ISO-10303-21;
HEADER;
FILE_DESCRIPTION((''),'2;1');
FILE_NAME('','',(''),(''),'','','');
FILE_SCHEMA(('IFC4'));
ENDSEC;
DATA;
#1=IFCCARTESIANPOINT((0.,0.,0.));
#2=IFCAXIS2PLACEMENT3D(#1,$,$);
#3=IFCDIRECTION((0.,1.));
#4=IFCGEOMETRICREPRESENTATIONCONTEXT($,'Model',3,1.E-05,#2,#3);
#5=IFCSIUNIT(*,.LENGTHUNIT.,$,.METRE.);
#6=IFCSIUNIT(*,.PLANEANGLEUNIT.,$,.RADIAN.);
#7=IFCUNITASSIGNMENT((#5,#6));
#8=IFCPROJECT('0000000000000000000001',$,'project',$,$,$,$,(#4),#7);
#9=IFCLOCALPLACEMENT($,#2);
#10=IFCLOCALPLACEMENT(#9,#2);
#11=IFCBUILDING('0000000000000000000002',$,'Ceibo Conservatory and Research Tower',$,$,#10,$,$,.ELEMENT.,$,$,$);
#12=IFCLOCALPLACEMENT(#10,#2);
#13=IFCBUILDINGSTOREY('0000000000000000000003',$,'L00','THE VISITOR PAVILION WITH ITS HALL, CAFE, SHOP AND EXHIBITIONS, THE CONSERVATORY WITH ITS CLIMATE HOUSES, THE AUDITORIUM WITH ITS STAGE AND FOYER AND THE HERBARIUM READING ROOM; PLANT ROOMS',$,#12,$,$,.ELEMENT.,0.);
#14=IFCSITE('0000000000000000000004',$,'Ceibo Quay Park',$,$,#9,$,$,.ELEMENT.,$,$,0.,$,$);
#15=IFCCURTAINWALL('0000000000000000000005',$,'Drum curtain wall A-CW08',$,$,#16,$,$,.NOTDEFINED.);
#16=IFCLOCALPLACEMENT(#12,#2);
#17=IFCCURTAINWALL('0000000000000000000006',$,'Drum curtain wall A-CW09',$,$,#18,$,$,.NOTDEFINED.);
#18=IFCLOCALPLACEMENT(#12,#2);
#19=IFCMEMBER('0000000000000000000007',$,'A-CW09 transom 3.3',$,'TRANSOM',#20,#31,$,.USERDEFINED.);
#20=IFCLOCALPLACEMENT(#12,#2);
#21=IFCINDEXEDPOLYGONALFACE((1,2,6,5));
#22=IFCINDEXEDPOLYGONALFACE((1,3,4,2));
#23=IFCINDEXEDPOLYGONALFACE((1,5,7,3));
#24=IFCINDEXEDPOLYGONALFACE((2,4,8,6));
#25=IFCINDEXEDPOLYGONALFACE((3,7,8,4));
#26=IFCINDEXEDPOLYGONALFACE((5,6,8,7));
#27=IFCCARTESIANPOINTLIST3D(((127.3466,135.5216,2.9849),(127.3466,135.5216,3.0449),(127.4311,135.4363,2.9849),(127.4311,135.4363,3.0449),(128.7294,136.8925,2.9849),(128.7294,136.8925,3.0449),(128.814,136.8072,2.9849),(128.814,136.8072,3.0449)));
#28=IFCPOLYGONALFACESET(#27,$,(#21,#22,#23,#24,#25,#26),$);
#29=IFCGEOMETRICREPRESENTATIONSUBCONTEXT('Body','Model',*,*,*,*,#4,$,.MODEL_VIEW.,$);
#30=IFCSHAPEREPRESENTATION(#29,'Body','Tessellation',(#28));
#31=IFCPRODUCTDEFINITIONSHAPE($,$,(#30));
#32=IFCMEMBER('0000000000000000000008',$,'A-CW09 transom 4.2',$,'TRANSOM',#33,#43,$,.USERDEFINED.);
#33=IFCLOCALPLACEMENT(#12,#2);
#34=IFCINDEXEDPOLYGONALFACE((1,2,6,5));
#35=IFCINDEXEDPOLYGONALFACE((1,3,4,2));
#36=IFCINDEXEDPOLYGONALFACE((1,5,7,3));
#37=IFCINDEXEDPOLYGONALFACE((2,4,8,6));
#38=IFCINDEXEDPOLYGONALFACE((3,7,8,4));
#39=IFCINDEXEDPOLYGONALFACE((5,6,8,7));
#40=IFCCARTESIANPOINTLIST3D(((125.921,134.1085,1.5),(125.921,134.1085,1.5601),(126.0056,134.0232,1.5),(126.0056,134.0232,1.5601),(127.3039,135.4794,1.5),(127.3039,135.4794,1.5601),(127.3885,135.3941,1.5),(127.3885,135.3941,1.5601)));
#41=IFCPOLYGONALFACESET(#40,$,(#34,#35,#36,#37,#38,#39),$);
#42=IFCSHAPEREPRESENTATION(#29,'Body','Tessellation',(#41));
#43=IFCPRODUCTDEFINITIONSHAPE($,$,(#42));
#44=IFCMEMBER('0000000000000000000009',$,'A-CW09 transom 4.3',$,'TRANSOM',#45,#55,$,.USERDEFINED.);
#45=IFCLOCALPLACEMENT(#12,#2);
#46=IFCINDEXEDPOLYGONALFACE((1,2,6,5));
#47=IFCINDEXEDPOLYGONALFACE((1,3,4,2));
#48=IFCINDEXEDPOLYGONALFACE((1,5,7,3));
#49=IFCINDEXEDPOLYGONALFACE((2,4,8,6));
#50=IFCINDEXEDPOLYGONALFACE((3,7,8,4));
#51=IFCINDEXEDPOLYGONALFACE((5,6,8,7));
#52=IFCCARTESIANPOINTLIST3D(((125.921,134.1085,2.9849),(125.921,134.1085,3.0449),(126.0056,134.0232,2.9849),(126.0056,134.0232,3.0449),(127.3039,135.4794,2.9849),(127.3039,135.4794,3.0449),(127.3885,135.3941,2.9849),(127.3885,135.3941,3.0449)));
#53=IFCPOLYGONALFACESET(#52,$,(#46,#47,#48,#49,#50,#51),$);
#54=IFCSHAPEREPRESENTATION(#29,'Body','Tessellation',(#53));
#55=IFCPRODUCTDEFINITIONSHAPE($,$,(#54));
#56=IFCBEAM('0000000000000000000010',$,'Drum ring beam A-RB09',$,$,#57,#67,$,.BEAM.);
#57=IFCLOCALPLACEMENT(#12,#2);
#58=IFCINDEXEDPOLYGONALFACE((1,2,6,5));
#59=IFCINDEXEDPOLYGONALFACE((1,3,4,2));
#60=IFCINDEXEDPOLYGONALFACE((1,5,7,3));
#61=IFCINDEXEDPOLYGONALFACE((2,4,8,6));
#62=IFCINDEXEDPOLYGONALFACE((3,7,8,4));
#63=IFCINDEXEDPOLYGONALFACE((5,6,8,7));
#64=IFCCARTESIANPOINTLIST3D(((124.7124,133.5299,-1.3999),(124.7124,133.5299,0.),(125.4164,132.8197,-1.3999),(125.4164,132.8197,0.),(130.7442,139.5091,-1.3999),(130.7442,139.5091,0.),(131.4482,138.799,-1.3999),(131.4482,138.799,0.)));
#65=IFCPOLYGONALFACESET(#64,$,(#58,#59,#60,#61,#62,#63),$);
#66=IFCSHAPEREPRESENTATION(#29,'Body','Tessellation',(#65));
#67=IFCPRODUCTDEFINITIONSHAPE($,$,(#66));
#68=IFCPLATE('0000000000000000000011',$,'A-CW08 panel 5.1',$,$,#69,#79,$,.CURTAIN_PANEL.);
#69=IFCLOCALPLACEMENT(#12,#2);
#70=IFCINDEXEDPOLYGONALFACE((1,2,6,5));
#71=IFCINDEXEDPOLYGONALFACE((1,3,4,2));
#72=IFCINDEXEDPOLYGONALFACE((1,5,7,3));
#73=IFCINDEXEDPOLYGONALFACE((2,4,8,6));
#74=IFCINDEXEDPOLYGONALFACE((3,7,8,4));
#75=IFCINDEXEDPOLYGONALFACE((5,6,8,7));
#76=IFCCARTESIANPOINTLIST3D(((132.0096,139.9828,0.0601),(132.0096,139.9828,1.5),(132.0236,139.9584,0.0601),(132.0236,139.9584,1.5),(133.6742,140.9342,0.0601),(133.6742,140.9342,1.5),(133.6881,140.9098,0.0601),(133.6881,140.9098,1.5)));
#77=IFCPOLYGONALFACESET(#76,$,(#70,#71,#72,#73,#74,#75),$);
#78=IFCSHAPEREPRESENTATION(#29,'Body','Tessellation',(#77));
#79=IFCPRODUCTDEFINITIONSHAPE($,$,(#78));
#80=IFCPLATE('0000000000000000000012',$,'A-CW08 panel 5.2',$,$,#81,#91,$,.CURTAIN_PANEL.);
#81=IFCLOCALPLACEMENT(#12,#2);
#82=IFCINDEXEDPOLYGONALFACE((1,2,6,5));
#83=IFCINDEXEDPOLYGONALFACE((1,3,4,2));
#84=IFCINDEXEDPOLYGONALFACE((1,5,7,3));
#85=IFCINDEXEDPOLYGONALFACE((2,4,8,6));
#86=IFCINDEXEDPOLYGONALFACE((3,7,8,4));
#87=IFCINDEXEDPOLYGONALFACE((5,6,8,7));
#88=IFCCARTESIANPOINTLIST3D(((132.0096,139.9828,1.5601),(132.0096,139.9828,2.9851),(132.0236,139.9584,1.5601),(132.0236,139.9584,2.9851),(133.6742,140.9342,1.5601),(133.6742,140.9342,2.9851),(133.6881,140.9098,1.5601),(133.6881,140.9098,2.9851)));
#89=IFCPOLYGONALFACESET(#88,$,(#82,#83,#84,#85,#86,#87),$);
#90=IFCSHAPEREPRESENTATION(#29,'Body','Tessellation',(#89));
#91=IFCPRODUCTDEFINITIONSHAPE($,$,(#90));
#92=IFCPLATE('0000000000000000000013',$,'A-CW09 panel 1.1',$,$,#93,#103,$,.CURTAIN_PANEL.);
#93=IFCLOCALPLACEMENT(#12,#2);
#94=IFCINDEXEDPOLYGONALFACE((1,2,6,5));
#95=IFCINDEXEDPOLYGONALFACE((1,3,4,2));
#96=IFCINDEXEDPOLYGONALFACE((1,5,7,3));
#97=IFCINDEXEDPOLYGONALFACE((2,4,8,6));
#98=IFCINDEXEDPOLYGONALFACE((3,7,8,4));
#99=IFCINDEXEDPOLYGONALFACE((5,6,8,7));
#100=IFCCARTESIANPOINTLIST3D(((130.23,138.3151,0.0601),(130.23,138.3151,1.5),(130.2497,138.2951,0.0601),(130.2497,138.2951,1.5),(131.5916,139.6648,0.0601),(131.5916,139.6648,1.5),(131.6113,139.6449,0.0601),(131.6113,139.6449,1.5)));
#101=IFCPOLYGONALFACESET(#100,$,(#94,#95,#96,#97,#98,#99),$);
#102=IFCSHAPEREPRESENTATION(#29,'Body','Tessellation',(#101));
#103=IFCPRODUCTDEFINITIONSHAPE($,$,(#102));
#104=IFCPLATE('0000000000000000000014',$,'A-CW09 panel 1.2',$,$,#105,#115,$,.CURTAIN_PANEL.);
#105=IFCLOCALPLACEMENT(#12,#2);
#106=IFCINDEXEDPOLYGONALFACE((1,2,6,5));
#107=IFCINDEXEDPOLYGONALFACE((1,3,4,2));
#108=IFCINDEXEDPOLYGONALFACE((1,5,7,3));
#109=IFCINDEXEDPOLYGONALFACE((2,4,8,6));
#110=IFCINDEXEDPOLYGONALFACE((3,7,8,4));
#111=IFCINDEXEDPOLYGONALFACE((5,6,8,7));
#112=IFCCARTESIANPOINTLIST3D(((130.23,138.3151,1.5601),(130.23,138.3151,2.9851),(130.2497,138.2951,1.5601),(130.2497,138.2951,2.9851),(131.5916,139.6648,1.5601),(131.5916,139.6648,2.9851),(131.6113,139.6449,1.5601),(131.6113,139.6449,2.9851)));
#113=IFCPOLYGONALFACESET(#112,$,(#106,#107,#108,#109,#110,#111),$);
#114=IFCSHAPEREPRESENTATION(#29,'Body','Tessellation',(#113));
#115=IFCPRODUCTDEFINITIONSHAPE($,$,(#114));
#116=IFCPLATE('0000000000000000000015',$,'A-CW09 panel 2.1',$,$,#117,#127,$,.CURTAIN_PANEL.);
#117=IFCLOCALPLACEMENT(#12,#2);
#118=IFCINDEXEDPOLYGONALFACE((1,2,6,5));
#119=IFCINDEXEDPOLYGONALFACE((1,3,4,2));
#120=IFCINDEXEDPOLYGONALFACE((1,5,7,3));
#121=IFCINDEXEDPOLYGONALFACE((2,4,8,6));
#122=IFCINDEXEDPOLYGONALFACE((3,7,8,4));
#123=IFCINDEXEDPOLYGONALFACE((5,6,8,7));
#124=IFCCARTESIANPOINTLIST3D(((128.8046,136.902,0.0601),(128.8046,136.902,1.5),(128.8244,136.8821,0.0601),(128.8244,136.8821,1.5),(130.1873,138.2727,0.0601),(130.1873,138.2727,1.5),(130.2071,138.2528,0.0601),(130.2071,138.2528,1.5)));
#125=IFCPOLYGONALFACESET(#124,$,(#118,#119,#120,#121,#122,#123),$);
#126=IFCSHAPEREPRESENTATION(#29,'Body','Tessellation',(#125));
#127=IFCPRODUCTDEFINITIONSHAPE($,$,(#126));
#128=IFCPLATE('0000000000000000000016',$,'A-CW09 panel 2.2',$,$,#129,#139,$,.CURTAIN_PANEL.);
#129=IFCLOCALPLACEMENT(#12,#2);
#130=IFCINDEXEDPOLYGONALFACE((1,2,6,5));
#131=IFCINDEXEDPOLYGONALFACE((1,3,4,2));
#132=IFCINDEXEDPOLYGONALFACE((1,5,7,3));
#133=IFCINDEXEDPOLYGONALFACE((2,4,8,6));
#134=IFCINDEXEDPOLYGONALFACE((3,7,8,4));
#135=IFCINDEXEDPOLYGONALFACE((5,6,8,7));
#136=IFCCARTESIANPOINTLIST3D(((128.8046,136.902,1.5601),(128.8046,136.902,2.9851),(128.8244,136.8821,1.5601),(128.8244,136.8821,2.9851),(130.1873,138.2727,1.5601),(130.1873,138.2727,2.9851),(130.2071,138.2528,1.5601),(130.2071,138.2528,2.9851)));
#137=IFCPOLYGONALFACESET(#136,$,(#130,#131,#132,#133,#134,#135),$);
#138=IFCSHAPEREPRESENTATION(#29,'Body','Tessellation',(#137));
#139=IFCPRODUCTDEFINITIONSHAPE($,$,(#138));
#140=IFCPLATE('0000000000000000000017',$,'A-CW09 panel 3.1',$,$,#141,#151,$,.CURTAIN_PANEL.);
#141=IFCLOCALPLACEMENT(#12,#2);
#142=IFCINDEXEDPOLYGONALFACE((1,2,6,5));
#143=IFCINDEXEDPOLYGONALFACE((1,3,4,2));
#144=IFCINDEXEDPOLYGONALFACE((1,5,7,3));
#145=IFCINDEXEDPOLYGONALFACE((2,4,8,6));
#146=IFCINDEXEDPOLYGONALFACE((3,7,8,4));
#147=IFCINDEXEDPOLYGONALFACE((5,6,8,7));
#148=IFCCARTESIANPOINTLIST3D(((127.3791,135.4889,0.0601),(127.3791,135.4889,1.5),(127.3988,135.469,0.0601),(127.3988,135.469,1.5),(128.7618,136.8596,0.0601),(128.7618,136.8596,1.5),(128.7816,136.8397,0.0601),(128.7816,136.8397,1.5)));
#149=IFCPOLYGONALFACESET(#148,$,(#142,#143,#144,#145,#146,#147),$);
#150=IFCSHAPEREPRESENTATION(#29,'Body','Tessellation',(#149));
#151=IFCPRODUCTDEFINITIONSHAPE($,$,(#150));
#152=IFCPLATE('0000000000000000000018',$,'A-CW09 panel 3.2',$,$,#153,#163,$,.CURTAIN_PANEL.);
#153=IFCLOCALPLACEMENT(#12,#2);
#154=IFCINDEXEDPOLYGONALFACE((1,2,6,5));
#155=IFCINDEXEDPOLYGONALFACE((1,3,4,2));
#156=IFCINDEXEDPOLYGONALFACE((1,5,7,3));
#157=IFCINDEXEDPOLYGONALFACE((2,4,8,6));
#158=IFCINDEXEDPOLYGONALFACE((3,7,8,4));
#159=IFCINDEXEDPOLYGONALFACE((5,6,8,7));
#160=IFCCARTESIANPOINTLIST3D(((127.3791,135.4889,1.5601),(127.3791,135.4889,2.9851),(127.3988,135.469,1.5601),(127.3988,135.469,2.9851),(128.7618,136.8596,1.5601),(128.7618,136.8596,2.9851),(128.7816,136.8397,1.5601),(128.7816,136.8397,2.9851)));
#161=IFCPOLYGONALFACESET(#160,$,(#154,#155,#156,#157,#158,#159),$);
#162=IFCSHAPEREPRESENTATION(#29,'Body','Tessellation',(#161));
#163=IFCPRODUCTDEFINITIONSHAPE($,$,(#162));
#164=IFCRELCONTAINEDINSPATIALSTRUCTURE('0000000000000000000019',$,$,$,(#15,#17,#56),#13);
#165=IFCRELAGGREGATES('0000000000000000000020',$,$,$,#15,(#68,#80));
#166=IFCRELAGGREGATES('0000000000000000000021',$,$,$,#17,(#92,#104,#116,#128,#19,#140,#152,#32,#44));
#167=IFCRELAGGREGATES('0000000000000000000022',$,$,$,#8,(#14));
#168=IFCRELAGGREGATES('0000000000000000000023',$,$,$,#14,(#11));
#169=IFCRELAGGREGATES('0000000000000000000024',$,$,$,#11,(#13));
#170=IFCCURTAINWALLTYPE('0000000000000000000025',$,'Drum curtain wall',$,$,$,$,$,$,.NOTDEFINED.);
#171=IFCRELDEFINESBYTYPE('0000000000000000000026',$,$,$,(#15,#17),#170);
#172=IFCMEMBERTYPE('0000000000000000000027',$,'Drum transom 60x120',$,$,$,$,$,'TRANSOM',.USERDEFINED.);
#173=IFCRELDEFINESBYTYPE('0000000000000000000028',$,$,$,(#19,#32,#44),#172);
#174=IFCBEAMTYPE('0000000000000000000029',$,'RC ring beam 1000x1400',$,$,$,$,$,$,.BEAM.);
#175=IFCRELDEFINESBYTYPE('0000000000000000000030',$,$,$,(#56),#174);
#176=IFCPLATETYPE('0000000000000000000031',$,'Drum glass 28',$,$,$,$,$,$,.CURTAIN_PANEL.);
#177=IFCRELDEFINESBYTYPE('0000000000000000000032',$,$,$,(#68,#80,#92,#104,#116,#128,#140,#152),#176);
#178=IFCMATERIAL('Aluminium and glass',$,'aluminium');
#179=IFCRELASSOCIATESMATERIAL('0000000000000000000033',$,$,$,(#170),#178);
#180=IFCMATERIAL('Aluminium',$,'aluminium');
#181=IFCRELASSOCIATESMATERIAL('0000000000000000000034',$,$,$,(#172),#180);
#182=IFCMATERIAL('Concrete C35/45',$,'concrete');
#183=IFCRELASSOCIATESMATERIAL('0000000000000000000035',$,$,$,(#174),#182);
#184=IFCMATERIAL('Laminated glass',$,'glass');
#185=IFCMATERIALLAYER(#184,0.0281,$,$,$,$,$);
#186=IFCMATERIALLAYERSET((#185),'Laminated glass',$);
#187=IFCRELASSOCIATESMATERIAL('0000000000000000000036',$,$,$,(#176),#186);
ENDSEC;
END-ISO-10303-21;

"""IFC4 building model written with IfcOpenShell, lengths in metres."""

from ifc_helpers import new_model, si_unit, direction, frame, origin, origin_2d, place, context, subcontext, project, spatial, rectangle, extrude, material, layer, layer_set, material_profile, profile_set, type_object, element, aggregate, save


model = new_model("IFC4")

# Units and contexts
model_context = context("Model", 3, precision=1e-05, world=origin(), true_north=direction((0.0, 1.0)))
body_context = subcontext(model_context, "Body", "Model", "MODEL_VIEW")
ifc_project = project(units=[si_unit("LENGTHUNIT", "METRE"), si_unit("PLANEANGLEUNIT", "RADIAN")], contexts=[model_context])

# Site, building, storey
site_placement = place(None, origin())
site = spatial("IfcSite", under=ifc_project, at=site_placement, Name="Ceibo Quay Park", CompositionType="ELEMENT", RefElevation=0.0)
building_placement = place(site_placement, origin())
building = spatial("IfcBuilding", under=site, at=building_placement, Name="Ceibo Conservatory and Research Tower", CompositionType="ELEMENT")
storey_placement = place(building_placement, origin())
storey = spatial("IfcBuildingStorey", under=building, at=storey_placement, Name="L00", Description="THE VISITOR PAVILION WITH ITS HALL, CAFE, SHOP AND EXHIBITIONS, THE CONSERVATORY WITH ITS CLIMATE HOUSES, THE AUDITORIUM WITH ITS STAGE AND FOYER AND THE HERBARIUM READING ROOM; PLANT ROOMS", CompositionType="ELEMENT", Elevation=0.0)

# Shared definitions
ifc_material_1 = material(Name="Concrete C35/45", Category="concrete")

# Curtain walls
ifc_material_2 = material(Name="Aluminium and glass", Category="aluminium")
curtain_wall_type = type_object("IfcCurtainWallType", Name="Drum curtain wall", PredefinedType="NOTDEFINED", material=ifc_material_2)
curtain_wall_1_placement = place(storey_placement, origin())
curtain_wall_1 = element("IfcCurtainWall", 1, at=curtain_wall_1_placement, inside=storey, type_object=curtain_wall_type, Name="Drum curtain wall A-CW08", PredefinedType="NOTDEFINED")
ifc_material_3 = material(Name="Aluminium", Category="aluminium")
curtain_wall_2_placement = place(storey_placement, origin())
curtain_wall_2 = element("IfcCurtainWall", 2, at=curtain_wall_2_placement, inside=storey, type_object=curtain_wall_type, Name="Drum curtain wall A-CW09", PredefinedType="NOTDEFINED")

# Members
ifc_material_profile_1 = material_profile(ifc_material_3, rectangle(XDim=0.1201, YDim=0.0601, at=origin_2d()), Name="AL 60x120")
ifc_profile_set_1 = profile_set([ifc_material_profile_1], Name="Aluminium")
member_type_1 = type_object("IfcMemberType", Name="Drum transom 60x120", ElementType="TRANSOM", PredefinedType="USERDEFINED", material=ifc_profile_set_1)
member_1_placement = place(storey_placement, frame((128.7717, 136.8499, 3.0149), z_axis=(-0.710172, -0.704028, 0.0), x_axis=(0.704028, -0.710172, 0.0)))
member_1 = element("IfcMember", 3, at=member_1_placement, type_object=member_type_1, Name="A-CW09 transom 3.3", ObjectType="TRANSOM", PredefinedType="USERDEFINED", context=body_context, shape_type="SweptSolid", body=[
    extrude(rectangle(XDim=0.1201, YDim=0.0601, at=origin_2d()), origin(), (0.0, 0.0, 1.0), 1.9473),
])
member_2_placement = place(storey_placement, frame((127.3462, 135.4368, 1.53), z_axis=(-0.710172, -0.704028, 0.0), x_axis=(0.704028, -0.710172, 0.0)))
member_2 = element("IfcMember", 4, at=member_2_placement, type_object=member_type_1, Name="A-CW09 transom 4.2", ObjectType="TRANSOM", PredefinedType="USERDEFINED", context=body_context, shape_type="SweptSolid", body=[
    extrude(rectangle(XDim=0.1201, YDim=0.0601, at=origin_2d()), origin(), (0.0, 0.0, 1.0), 1.9473),
])
member_3_placement = place(storey_placement, frame((127.3462, 135.4368, 3.0149), z_axis=(-0.710172, -0.704028, 0.0), x_axis=(0.704028, -0.710172, 0.0)))
member_3 = element("IfcMember", 5, at=member_3_placement, type_object=member_type_1, Name="A-CW09 transom 4.3", ObjectType="TRANSOM", PredefinedType="USERDEFINED", context=body_context, shape_type="SweptSolid", body=[
    extrude(rectangle(XDim=0.1201, YDim=0.0601, at=origin_2d()), origin(), (0.0, 0.0, 1.0), 1.9473),
])

# Beam
ifc_material_profile_2 = material_profile(ifc_material_1, rectangle(XDim=1.0, YDim=1.3999, at=origin_2d()), Name="RC 1000x1400")
ifc_profile_set_2 = profile_set([ifc_material_profile_2], Name="Concrete C35/45")
beam_type = type_object("IfcBeamType", Name="RC ring beam 1000x1400", PredefinedType="BEAM", material=ifc_profile_set_2)
beam_placement = place(storey_placement, frame((131.0962, 139.1541, -0.7), z_axis=(-0.71019, -0.70401, 0.0), x_axis=(0.70401, -0.71019, 0.0)))
element("IfcBeam", 6, at=beam_placement, inside=storey, type_object=beam_type, Name="Drum ring beam A-RB09", PredefinedType="BEAM", context=body_context, shape_type="SweptSolid", body=[
    extrude(rectangle(XDim=1.0, YDim=1.3999, at=origin_2d()), origin(), (0.0, 0.0, 1.0), 8.4932),
])

# Plates
ifc_material_4 = material(Name="Laminated glass", Category="glass")
ifc_layer_1 = layer(ifc_material_4, 0.0281)
ifc_layer_set_1 = layer_set([ifc_layer_1], Name="Laminated glass")
plate_type = type_object("IfcPlateType", Name="Drum glass 28", PredefinedType="CURTAIN_PANEL", material=ifc_layer_set_1)
plate_1_placement = place(storey_placement, frame((132.8489, 140.4463, 0.0601), z_axis=(0.0, 0.0, 1.0), x_axis=(-0.868199, -0.496216, 0.0)))
plate_1 = element("IfcPlate", 7, at=plate_1_placement, type_object=plate_type, Name="A-CW08 panel 5.1", PredefinedType="CURTAIN_PANEL", context=body_context, shape_type="SweptSolid", body=[
    extrude(rectangle(XDim=1.9172, YDim=0.0281, at=origin_2d()), origin(), (0.0, 0.0, 1.0), 1.4399),
])
plate_2_placement = place(storey_placement, frame((132.8489, 140.4463, 1.5601), z_axis=(0.0, 0.0, 1.0), x_axis=(-0.868199, -0.496216, 0.0)))
plate_2 = element("IfcPlate", 8, at=plate_2_placement, type_object=plate_type, Name="A-CW08 panel 5.2", PredefinedType="CURTAIN_PANEL", context=body_context, shape_type="SweptSolid", body=[
    extrude(rectangle(XDim=1.9172, YDim=0.0281, at=origin_2d()), origin(), (0.0, 0.0, 1.0), 1.425),
])
aggregate(curtain_wall_1, [plate_1, plate_2])
plate_3_placement = place(storey_placement, frame((130.9207, 138.98, 0.0601), z_axis=(0.0, 0.0, 1.0), x_axis=(-0.710185, -0.704015, 0.0)))
plate_3 = element("IfcPlate", 9, at=plate_3_placement, type_object=plate_type, Name="A-CW09 panel 1.1", PredefinedType="CURTAIN_PANEL", context=body_context, shape_type="SweptSolid", body=[
    extrude(rectangle(XDim=1.9172, YDim=0.0281, at=origin_2d()), origin(), (0.0, 0.0, 1.0), 1.4399),
])
plate_4_placement = place(storey_placement, frame((130.9207, 138.98, 1.5601), z_axis=(0.0, 0.0, 1.0), x_axis=(-0.710185, -0.704015, 0.0)))
plate_4 = element("IfcPlate", 10, at=plate_4_placement, type_object=plate_type, Name="A-CW09 panel 1.2", PredefinedType="CURTAIN_PANEL", context=body_context, shape_type="SweptSolid", body=[
    extrude(rectangle(XDim=1.9172, YDim=0.0281, at=origin_2d()), origin(), (0.0, 0.0, 1.0), 1.425),
])
plate_5_placement = place(storey_placement, frame((129.5059, 137.5774, 0.0601), z_axis=(0.0, 0.0, 1.0), x_axis=(-0.710185, -0.704015, 0.0)))
plate_5 = element("IfcPlate", 11, at=plate_5_placement, type_object=plate_type, Name="A-CW09 panel 2.1", PredefinedType="CURTAIN_PANEL", context=body_context, shape_type="SweptSolid", body=[
    extrude(rectangle(XDim=1.947, YDim=0.0281, at=origin_2d()), origin(), (0.0, 0.0, 1.0), 1.4399),
])
plate_6_placement = place(storey_placement, frame((129.5059, 137.5774, 1.5601), z_axis=(0.0, 0.0, 1.0), x_axis=(-0.710185, -0.704015, 0.0)))
plate_6 = element("IfcPlate", 12, at=plate_6_placement, type_object=plate_type, Name="A-CW09 panel 2.2", PredefinedType="CURTAIN_PANEL", context=body_context, shape_type="SweptSolid", body=[
    extrude(rectangle(XDim=1.947, YDim=0.0281, at=origin_2d()), origin(), (0.0, 0.0, 1.0), 1.425),
])
plate_7_placement = place(storey_placement, frame((128.0803, 136.1643, 0.0601), z_axis=(0.0, 0.0, 1.0), x_axis=(-0.710185, -0.704015, 0.0)))
plate_7 = element("IfcPlate", 13, at=plate_7_placement, type_object=plate_type, Name="A-CW09 panel 3.1", PredefinedType="CURTAIN_PANEL", context=body_context, shape_type="SweptSolid", body=[
    extrude(rectangle(XDim=1.947, YDim=0.0281, at=origin_2d()), origin(), (0.0, 0.0, 1.0), 1.4399),
])
plate_8_placement = place(storey_placement, frame((128.0803, 136.1643, 1.5601), z_axis=(0.0, 0.0, 1.0), x_axis=(-0.710185, -0.704015, 0.0)))
plate_8 = element("IfcPlate", 14, at=plate_8_placement, type_object=plate_type, Name="A-CW09 panel 3.2", PredefinedType="CURTAIN_PANEL", context=body_context, shape_type="SweptSolid", body=[
    extrude(rectangle(XDim=1.947, YDim=0.0281, at=origin_2d()), origin(), (0.0, 0.0, 1.0), 1.425),
])
aggregate(curtain_wall_2, [plate_3, plate_4, plate_5, plate_6, member_1, plate_7, plate_8, member_2, member_3])

save(model, "model.ifc")
